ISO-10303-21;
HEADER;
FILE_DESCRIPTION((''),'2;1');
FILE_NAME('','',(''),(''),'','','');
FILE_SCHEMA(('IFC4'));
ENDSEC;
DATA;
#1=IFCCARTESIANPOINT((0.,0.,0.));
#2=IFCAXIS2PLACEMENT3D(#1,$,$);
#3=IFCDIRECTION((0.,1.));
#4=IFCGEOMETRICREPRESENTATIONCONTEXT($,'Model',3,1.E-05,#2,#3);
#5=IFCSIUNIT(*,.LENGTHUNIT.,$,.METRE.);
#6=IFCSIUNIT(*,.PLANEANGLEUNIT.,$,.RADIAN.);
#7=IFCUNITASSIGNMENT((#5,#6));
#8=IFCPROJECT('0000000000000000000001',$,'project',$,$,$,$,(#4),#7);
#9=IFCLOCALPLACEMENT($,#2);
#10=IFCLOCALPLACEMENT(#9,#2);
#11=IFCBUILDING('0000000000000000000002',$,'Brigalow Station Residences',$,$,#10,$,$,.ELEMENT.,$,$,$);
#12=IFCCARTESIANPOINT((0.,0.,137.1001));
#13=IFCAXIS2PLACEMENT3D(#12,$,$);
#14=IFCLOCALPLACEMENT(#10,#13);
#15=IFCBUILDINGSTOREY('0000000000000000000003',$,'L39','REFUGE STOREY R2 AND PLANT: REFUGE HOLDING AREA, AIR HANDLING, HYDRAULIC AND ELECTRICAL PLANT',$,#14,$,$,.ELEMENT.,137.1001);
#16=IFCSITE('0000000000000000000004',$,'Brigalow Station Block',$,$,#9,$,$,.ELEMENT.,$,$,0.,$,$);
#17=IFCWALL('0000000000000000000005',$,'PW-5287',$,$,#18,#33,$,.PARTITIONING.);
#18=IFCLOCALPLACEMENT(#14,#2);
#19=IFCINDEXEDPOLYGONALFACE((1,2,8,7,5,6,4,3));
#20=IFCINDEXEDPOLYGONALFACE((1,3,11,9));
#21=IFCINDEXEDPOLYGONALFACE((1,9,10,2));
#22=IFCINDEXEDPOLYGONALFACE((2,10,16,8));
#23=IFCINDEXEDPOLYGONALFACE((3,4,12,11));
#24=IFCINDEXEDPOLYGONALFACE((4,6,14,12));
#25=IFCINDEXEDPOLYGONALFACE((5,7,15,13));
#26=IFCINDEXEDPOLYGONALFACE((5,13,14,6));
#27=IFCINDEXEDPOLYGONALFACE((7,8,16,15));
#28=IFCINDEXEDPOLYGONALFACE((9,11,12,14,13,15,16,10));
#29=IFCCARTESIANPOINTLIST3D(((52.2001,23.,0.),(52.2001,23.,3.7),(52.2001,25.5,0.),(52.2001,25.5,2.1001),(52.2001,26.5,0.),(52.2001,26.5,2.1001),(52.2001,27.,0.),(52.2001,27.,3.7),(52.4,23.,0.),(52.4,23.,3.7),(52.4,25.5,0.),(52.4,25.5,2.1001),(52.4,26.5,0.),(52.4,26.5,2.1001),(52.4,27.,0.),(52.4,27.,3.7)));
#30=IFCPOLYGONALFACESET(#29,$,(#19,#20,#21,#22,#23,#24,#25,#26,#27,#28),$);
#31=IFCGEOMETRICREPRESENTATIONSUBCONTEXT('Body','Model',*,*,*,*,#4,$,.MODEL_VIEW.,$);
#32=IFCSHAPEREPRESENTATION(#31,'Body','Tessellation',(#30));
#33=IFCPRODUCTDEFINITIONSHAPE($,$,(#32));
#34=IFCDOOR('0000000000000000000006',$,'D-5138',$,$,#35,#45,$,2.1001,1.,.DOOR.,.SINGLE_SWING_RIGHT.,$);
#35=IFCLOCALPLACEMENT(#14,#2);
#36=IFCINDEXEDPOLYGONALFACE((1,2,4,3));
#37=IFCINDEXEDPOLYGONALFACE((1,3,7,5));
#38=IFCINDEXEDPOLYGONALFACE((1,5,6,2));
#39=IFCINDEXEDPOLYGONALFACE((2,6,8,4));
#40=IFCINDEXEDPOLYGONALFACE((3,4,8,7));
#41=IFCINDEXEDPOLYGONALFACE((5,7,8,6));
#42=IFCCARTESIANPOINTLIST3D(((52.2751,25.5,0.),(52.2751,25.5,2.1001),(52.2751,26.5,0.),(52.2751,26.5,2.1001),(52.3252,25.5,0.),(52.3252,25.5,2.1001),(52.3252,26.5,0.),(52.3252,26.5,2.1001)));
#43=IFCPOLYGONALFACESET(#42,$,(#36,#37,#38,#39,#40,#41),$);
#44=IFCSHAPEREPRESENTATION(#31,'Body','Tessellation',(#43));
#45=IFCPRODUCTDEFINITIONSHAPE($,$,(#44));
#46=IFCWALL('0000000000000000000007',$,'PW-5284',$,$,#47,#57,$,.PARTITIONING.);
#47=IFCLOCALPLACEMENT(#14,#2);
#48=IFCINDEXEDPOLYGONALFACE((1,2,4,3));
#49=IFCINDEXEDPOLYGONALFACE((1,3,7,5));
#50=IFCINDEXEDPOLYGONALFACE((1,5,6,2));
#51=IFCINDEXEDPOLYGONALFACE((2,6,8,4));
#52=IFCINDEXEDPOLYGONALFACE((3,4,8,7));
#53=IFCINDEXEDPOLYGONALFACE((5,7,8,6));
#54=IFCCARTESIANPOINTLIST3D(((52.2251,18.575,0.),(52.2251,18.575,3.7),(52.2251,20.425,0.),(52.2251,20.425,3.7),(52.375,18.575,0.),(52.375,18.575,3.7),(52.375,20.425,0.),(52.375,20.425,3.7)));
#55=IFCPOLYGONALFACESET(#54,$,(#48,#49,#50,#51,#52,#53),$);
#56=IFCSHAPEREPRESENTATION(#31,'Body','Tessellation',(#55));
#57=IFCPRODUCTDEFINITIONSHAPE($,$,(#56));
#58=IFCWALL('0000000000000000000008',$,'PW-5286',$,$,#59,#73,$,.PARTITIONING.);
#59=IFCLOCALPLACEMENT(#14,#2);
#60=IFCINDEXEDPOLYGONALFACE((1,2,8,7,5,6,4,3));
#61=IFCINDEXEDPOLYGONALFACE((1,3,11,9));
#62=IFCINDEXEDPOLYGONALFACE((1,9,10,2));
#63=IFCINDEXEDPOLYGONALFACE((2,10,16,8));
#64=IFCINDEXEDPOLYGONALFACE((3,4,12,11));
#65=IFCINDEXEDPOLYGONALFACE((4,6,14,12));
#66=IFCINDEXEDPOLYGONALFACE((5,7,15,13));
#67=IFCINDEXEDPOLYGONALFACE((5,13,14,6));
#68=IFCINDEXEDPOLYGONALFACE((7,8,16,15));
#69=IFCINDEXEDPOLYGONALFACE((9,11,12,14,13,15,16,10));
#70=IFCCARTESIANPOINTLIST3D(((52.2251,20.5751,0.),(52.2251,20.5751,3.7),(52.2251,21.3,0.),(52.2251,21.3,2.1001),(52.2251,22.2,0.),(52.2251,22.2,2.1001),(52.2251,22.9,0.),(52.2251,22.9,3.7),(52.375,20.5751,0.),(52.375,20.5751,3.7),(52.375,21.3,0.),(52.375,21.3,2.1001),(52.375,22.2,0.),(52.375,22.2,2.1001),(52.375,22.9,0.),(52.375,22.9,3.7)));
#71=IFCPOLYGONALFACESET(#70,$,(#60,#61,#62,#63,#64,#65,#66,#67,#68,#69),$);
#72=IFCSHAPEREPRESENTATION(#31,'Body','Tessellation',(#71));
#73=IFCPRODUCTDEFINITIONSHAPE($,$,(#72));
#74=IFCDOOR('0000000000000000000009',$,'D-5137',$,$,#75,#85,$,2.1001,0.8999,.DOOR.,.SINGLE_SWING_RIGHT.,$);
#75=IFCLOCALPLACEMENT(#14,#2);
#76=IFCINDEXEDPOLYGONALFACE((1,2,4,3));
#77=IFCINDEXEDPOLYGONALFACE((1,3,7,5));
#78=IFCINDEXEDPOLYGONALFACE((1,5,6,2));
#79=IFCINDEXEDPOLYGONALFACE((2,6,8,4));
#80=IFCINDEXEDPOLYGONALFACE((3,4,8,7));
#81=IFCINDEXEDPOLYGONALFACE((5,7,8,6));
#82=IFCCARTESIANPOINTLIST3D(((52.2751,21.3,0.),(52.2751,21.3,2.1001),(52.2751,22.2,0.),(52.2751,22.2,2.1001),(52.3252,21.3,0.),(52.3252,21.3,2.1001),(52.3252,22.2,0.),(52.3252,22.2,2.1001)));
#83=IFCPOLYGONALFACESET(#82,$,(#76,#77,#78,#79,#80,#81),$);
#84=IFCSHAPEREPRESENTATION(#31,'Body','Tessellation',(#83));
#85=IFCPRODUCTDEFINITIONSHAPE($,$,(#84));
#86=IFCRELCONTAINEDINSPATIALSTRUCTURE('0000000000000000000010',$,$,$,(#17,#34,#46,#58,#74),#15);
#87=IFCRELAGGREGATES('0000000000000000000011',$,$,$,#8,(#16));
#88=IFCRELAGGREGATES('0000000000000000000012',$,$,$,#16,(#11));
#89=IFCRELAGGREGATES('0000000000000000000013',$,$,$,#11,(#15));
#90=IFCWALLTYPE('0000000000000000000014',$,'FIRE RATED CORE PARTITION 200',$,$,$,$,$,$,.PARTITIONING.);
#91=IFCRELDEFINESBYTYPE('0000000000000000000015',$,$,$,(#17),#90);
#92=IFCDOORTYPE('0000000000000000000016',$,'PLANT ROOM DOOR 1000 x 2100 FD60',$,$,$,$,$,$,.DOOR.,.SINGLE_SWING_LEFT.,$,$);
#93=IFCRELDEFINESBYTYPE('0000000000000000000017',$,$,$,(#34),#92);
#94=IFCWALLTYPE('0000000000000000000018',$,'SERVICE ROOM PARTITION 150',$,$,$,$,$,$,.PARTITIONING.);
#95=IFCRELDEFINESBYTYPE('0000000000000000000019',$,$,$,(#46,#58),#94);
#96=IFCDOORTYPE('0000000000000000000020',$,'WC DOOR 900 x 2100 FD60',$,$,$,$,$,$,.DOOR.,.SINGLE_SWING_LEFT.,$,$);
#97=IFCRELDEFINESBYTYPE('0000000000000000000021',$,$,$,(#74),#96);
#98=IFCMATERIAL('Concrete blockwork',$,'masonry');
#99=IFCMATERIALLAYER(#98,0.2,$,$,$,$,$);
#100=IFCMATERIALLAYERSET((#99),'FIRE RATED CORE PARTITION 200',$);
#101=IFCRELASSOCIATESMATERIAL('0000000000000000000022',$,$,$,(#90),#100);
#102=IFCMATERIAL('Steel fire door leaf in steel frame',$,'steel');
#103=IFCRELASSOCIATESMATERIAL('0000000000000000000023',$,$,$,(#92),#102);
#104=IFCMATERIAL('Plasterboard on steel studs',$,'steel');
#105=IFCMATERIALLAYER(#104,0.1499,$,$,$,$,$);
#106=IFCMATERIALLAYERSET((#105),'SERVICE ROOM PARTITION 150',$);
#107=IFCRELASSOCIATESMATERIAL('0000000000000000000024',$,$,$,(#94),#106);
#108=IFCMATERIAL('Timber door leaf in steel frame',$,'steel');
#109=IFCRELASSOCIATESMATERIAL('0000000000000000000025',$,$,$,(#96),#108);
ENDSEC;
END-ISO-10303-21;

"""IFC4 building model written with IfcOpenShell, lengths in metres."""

from ifc_helpers import new_model, si_unit, direction, frame, frame_2d, origin, place, context, subcontext, project, spatial, rectangle, extrude, material, layer, layer_set, type_object, element, fill, save


model = new_model("IFC4")

# Units and contexts
model_context = context("Model", 3, precision=1e-05, world=origin(), true_north=direction((0.0, 1.0)))
body_context = subcontext(model_context, "Body", "Model", "MODEL_VIEW")
ifc_project = project(units=[si_unit("LENGTHUNIT", "METRE"), si_unit("PLANEANGLEUNIT", "RADIAN")], contexts=[model_context])

# Site, building, storey
site_placement = place(None, origin())
site = spatial("IfcSite", under=ifc_project, at=site_placement, Name="Brigalow Station Block", CompositionType="ELEMENT", RefElevation=0.0)
building_placement = place(site_placement, origin())
building = spatial("IfcBuilding", under=site, at=building_placement, Name="Brigalow Station Residences", CompositionType="ELEMENT")
storey_placement = place(building_placement, frame((0.0, 0.0, 137.1001)))
storey = spatial("IfcBuildingStorey", under=building, at=storey_placement, Name="L39", Description="REFUGE STOREY R2 AND PLANT: REFUGE HOLDING AREA, AIR HANDLING, HYDRAULIC AND ELECTRICAL PLANT", CompositionType="ELEMENT", Elevation=137.1001)

# Shared definitions
ifc_material_1 = material(Name="Concrete blockwork", Category="masonry")
ifc_layer_1 = layer(ifc_material_1, 0.2)
ifc_layer_set_1 = layer_set([ifc_layer_1], Name="FIRE RATED CORE PARTITION 200")
wall_type_1 = type_object("IfcWallType", Name="FIRE RATED CORE PARTITION 200", PredefinedType="PARTITIONING", material=ifc_layer_set_1)

# Wall, opening, door
wall_1_placement = place(storey_placement, frame((52.3, 23.0, 0.0), z_axis=(0.0, 0.0, 1.0), x_axis=(0.0, 1.0, 0.0)))
wall_1 = element("IfcWall", 1, at=wall_1_placement, inside=storey, type_object=wall_type_1, Name="PW-5287", PredefinedType="PARTITIONING", context=body_context, shape_type="SweptSolid", body=[
    extrude(rectangle(XDim=4.0, YDim=0.2, at=frame_2d((2.0, 0.0))), origin(), (0.0, 0.0, 1.0), 3.7),
])
opening_1_placement = place(wall_1_placement, frame((2.5, 0.0, 0.0)))
opening_1 = element("IfcOpeningElement", 2, at=opening_1_placement, cuts=wall_1, PredefinedType="OPENING", context=body_context, shape_type="SweptSolid", body=[
    extrude(rectangle(XDim=1.0, YDim=2.1001, at=frame_2d((0.5, 1.05))), frame((0.0, 0.1099, 0.0), z_axis=(0.0, -1.0, 0.0), x_axis=(1.0, 0.0, 0.0)), (0.0, 0.0, 1.0), 0.22),
])
ifc_material_2 = material(Name="Steel fire door leaf in steel frame", Category="steel")
door_type_1 = type_object("IfcDoorType", Name="PLANT ROOM DOOR 1000 x 2100 FD60", OperationType="SINGLE_SWING_LEFT", PredefinedType="DOOR", material=ifc_material_2)
door_1_placement = place(opening_1_placement, origin())
door_1 = element("IfcDoor", 3, at=door_1_placement, inside=storey, type_object=door_type_1, Name="D-5138", OperationType="SINGLE_SWING_RIGHT", OverallHeight=2.1001, OverallWidth=1.0, PredefinedType="DOOR", context=body_context, shape_type="SweptSolid", body=[
    extrude(rectangle(XDim=1.0, YDim=2.1001, at=frame_2d((0.5, 1.05))), frame((0.0, 0.0249, 0.0), z_axis=(0.0, -1.0, 0.0), x_axis=(1.0, 0.0, 0.0)), (0.0, 0.0, 1.0), 0.05),
])
fill(opening_1, door_1)

# Wall
ifc_material_3 = material(Name="Plasterboard on steel studs", Category="steel")
ifc_layer_2 = layer(ifc_material_3, 0.1499)
ifc_layer_set_2 = layer_set([ifc_layer_2], Name="SERVICE ROOM PARTITION 150")
wall_type_2 = type_object("IfcWallType", Name="SERVICE ROOM PARTITION 150", PredefinedType="PARTITIONING", material=ifc_layer_set_2)
wall_2_placement = place(storey_placement, frame((52.3, 18.575, 0.0), z_axis=(0.0, 0.0, 1.0), x_axis=(0.0, 1.0, 0.0)))
element("IfcWall", 4, at=wall_2_placement, inside=storey, type_object=wall_type_2, Name="PW-5284", PredefinedType="PARTITIONING", context=body_context, shape_type="SweptSolid", body=[
    extrude(rectangle(XDim=1.8501, YDim=0.1499, at=frame_2d((0.925, 0.0))), origin(), (0.0, 0.0, 1.0), 3.7),
])

# Wall, opening, door
wall_3_placement = place(storey_placement, frame((52.3, 20.575, 0.0), z_axis=(0.0, 0.0, 1.0), x_axis=(0.0, 1.0, 0.0)))
wall_3 = element("IfcWall", 5, at=wall_3_placement, inside=storey, type_object=wall_type_2, Name="PW-5286", PredefinedType="PARTITIONING", context=body_context, shape_type="SweptSolid", body=[
    extrude(rectangle(XDim=2.325, YDim=0.1499, at=frame_2d((1.1626, 0.0))), origin(), (0.0, 0.0, 1.0), 3.7),
])
opening_2_placement = place(wall_3_placement, frame((0.7251, 0.0, 0.0)))
opening_2 = element("IfcOpeningElement", 6, at=opening_2_placement, cuts=wall_3, PredefinedType="OPENING", context=body_context, shape_type="SweptSolid", body=[
    extrude(rectangle(XDim=0.8999, YDim=2.1001, at=frame_2d((0.45, 1.05))), frame((0.0, 0.085, 0.0), z_axis=(0.0, -1.0, 0.0), x_axis=(1.0, 0.0, 0.0)), (0.0, 0.0, 1.0), 0.1699),
])
ifc_material_4 = material(Name="Timber door leaf in steel frame", Category="steel")
door_type_2 = type_object("IfcDoorType", Name="WC DOOR 900 x 2100 FD60", OperationType="SINGLE_SWING_LEFT", PredefinedType="DOOR", material=ifc_material_4)
door_2_placement = place(opening_2_placement, origin())
door_2 = element("IfcDoor", 7, at=door_2_placement, inside=storey, type_object=door_type_2, Name="D-5137", OperationType="SINGLE_SWING_RIGHT", OverallHeight=2.1001, OverallWidth=0.8999, PredefinedType="DOOR", context=body_context, shape_type="SweptSolid", body=[
    extrude(rectangle(XDim=0.8999, YDim=2.1001, at=frame_2d((0.45, 1.05))), frame((0.0, 0.0249, 0.0), z_axis=(0.0, -1.0, 0.0), x_axis=(1.0, 0.0, 0.0)), (0.0, 0.0, 1.0), 0.05),
])
fill(opening_2, door_2)

save(model, "model.ifc")
